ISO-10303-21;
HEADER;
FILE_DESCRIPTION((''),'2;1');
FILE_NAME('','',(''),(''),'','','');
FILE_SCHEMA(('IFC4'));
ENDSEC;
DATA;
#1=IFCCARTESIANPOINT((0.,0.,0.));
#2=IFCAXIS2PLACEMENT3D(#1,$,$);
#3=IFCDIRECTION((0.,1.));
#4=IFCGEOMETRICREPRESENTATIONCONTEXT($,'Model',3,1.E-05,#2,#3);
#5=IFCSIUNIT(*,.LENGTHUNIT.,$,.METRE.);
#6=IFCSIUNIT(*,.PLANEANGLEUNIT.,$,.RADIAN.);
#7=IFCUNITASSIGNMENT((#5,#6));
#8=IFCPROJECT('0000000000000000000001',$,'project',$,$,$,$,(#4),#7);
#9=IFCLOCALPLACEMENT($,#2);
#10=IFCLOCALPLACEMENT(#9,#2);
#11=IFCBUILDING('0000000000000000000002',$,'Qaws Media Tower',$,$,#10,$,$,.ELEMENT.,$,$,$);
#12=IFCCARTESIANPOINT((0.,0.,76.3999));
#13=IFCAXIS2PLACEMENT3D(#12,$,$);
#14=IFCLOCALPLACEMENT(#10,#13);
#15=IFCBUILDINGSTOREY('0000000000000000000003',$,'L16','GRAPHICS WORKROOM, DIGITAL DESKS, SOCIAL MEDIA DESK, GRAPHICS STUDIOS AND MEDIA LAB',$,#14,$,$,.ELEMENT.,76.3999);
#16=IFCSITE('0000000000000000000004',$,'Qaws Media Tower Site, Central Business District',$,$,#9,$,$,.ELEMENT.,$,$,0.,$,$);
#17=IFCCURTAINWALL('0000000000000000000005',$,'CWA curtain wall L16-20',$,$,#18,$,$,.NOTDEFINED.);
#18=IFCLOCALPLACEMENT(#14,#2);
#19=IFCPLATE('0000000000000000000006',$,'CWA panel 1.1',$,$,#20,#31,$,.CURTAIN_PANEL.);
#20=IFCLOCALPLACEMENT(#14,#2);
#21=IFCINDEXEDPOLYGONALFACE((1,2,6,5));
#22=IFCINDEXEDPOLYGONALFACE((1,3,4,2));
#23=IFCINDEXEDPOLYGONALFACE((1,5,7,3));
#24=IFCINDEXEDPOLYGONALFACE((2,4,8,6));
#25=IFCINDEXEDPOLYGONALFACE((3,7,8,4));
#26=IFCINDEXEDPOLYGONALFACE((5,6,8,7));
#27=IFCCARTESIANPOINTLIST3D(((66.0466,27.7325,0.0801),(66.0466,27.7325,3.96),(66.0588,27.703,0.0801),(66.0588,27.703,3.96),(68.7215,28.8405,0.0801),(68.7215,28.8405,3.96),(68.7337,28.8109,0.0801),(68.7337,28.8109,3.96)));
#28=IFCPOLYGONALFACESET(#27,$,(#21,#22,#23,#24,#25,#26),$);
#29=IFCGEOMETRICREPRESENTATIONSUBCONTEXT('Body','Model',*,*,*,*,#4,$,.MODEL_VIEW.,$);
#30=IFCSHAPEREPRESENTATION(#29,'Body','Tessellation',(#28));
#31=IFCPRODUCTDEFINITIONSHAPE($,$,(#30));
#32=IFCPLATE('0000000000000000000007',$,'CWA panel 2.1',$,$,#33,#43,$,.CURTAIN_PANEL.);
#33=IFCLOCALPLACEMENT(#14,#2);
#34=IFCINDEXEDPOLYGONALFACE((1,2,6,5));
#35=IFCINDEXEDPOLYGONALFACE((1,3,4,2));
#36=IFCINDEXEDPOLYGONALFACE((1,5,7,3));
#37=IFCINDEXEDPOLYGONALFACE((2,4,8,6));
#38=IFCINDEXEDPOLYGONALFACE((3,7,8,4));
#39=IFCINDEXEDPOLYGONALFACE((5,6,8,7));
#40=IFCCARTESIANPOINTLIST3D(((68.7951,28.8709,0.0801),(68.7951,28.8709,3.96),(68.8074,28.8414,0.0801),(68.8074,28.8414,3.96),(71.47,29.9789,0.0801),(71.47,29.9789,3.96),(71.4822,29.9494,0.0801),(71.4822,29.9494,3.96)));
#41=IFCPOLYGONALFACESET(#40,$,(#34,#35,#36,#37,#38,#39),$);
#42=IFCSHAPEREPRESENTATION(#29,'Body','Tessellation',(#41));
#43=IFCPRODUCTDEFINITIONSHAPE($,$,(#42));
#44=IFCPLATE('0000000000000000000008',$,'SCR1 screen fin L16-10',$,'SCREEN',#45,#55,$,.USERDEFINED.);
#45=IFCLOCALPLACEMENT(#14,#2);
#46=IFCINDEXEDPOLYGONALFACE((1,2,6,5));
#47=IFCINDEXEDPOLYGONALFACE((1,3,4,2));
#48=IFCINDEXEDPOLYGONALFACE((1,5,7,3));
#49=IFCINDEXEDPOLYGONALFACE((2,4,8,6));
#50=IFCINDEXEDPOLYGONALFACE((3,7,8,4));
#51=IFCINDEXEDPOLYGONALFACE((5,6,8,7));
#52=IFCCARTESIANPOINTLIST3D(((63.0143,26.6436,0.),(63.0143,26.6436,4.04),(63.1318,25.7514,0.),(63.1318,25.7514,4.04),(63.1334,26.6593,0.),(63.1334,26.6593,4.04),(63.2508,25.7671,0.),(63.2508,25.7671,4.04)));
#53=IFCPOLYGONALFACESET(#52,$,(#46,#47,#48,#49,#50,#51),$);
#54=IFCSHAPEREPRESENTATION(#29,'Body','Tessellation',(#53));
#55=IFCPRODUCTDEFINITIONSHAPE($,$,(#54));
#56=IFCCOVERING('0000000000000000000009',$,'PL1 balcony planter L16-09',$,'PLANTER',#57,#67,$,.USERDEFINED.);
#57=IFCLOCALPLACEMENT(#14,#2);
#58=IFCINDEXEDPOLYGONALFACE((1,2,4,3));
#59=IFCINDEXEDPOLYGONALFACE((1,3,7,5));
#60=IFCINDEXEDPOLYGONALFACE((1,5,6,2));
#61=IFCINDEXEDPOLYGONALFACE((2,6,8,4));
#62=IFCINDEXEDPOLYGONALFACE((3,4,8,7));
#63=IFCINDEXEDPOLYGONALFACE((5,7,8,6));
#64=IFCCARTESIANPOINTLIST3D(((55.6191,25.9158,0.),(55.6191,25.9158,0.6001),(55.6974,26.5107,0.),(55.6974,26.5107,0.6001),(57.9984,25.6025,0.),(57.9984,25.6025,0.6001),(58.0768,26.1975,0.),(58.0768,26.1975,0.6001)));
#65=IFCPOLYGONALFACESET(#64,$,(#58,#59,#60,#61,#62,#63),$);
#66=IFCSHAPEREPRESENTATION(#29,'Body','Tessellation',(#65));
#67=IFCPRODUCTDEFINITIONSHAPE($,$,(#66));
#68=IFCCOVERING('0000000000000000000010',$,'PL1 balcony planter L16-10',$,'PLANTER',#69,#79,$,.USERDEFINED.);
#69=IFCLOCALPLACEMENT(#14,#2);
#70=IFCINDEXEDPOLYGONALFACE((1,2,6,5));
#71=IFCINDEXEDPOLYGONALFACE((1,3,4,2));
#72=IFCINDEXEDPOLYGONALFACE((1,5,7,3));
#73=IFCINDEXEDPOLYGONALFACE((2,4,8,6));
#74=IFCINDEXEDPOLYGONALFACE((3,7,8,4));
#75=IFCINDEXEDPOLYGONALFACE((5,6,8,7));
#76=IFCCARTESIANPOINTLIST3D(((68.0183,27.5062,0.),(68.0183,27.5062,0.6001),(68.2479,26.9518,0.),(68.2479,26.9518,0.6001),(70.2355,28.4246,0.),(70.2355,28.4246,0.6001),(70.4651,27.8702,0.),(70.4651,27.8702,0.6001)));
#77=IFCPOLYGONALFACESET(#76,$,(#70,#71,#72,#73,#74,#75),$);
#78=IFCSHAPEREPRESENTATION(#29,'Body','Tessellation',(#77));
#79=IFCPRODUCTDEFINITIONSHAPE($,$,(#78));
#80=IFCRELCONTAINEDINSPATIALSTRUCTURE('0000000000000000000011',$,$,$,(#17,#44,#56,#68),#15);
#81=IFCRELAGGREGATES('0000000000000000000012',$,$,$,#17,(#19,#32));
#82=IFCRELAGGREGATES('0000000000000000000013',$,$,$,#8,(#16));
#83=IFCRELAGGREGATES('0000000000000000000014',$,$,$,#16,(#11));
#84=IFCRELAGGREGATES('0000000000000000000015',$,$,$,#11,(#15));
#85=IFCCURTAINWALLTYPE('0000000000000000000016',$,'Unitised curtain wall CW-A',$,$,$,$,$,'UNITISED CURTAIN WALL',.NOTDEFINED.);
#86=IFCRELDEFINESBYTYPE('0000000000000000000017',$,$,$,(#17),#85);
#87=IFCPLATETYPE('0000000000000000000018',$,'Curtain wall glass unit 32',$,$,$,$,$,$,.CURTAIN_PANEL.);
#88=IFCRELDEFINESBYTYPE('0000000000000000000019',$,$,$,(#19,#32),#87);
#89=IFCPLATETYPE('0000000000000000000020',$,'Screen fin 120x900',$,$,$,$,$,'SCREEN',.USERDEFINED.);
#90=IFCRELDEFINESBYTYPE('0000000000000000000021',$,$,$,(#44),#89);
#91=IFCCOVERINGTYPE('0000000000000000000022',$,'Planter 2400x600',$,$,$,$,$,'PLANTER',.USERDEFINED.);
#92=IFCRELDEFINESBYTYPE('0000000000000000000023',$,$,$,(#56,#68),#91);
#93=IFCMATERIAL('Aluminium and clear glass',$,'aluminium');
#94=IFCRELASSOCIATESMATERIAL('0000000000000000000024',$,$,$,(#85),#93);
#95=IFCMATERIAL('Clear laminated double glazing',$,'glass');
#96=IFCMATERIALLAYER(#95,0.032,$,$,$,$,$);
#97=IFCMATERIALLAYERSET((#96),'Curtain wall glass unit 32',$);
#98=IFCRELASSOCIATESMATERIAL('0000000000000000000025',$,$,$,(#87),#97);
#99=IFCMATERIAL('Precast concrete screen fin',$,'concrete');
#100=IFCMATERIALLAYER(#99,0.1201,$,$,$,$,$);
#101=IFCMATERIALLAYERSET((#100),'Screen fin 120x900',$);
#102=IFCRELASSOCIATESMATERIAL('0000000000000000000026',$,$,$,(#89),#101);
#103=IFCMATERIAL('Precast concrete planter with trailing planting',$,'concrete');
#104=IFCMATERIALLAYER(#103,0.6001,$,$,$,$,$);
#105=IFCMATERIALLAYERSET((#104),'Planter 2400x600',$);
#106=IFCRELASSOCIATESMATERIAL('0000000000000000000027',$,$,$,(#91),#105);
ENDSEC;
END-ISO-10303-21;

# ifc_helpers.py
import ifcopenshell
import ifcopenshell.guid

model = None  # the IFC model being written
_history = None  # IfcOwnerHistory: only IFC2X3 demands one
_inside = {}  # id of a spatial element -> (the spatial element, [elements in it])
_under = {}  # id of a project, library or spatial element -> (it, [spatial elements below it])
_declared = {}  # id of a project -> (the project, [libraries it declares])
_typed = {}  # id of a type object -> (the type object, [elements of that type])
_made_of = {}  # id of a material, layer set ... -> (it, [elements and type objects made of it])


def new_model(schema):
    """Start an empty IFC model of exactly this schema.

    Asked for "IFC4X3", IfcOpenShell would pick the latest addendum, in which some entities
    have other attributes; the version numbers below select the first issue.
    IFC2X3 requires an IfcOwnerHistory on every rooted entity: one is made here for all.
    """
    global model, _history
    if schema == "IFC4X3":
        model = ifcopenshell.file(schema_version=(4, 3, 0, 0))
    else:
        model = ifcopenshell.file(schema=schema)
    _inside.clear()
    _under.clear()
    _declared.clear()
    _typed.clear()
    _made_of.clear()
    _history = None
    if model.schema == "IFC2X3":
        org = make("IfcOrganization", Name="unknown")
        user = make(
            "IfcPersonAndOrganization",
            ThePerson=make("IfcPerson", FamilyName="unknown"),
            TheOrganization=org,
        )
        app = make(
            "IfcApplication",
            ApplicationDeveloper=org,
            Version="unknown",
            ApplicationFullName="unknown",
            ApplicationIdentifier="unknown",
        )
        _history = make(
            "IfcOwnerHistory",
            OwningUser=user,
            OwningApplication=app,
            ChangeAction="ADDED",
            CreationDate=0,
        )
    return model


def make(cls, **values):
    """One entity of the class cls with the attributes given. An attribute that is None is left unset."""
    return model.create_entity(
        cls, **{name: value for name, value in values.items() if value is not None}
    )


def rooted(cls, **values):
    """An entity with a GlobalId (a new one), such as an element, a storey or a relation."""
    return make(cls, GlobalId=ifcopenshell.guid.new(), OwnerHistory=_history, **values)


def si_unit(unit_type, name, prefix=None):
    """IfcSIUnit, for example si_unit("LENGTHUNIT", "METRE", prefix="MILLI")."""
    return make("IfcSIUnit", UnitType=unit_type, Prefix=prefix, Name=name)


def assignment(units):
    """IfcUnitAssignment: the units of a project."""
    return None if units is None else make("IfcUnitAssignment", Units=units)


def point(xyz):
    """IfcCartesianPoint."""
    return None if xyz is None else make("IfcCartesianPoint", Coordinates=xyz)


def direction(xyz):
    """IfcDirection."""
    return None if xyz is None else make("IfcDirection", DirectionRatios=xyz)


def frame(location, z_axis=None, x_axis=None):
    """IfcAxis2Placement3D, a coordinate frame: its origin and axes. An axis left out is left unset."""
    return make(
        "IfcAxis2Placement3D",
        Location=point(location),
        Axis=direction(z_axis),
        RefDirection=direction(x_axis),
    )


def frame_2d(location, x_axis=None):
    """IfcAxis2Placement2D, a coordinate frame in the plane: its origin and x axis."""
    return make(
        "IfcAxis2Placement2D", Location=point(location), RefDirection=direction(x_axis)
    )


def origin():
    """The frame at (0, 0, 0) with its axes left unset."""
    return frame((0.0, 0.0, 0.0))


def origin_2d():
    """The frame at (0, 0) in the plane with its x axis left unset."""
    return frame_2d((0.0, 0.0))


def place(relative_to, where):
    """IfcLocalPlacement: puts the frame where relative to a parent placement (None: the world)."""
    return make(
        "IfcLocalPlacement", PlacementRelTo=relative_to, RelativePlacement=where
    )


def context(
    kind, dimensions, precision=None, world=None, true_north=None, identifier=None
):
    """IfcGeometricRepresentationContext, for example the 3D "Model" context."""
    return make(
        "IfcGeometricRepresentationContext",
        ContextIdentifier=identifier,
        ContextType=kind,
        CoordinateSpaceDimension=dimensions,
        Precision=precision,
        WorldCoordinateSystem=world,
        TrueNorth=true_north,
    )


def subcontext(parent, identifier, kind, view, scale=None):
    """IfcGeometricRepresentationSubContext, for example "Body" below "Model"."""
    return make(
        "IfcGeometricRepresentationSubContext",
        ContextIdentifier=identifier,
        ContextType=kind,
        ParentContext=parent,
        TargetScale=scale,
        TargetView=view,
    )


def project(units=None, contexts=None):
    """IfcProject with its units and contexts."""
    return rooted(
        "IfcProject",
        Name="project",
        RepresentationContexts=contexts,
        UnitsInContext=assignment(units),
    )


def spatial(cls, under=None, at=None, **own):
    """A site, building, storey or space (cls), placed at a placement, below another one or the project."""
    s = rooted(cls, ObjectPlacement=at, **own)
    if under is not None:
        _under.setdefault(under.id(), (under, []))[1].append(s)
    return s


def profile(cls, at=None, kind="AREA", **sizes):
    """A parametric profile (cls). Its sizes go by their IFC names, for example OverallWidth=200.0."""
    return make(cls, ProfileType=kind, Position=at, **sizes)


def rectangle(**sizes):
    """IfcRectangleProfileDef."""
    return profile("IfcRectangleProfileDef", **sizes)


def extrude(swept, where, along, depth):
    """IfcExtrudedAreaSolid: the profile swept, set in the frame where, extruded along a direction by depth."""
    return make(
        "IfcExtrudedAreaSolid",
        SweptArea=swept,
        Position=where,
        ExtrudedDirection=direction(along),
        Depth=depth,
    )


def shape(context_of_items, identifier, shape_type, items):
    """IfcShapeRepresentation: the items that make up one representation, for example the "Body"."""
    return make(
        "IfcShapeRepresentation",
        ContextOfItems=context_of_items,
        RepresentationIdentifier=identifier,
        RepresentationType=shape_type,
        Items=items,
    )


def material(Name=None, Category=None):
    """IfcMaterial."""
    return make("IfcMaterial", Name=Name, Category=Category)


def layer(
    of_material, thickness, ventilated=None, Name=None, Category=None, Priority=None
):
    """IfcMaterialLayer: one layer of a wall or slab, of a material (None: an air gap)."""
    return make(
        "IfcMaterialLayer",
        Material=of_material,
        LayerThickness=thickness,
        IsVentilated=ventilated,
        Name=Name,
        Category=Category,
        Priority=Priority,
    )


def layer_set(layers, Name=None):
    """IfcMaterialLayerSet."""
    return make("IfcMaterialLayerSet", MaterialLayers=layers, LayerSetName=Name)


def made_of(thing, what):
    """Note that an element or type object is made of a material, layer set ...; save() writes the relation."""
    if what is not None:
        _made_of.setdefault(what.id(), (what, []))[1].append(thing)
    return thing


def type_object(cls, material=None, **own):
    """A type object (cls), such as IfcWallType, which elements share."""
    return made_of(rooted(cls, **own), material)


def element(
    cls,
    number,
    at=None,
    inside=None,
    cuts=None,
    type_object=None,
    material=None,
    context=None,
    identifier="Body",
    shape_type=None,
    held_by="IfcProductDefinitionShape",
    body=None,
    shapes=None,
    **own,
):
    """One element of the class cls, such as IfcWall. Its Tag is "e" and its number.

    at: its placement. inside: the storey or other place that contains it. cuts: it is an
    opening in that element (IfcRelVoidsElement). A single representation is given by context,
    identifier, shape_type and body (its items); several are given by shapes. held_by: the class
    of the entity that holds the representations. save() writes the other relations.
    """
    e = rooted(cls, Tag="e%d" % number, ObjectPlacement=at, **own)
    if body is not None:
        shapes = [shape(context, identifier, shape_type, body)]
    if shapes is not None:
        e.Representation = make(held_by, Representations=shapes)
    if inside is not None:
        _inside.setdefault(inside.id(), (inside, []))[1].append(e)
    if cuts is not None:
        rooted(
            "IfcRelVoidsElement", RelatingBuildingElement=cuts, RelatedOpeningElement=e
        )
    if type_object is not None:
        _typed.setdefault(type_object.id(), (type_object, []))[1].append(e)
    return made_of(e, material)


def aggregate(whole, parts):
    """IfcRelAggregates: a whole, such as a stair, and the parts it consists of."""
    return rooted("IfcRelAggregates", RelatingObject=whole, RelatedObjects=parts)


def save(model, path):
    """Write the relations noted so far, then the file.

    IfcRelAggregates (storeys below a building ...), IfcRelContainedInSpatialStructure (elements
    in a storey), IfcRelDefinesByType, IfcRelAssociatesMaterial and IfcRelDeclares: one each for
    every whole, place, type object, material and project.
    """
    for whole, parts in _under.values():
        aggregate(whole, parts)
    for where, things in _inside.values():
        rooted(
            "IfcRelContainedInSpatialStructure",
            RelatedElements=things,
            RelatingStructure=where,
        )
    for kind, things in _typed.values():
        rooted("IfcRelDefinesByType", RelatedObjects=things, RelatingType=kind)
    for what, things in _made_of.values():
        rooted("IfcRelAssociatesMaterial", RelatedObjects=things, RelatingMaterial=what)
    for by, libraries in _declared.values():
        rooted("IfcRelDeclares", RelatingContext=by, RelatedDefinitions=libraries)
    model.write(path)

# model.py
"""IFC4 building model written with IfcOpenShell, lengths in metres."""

from ifc_helpers import new_model, si_unit, direction, frame, origin, origin_2d, place, context, subcontext, project, spatial, rectangle, extrude, material, layer, layer_set, type_object, element, aggregate, save


model = new_model("IFC4")

# Units and contexts
model_context = context("Model", 3, precision=1e-05, world=origin(), true_north=direction((0.0, 1.0)))
body_context = subcontext(model_context, "Body", "Model", "MODEL_VIEW")
ifc_project = project(units=[si_unit("LENGTHUNIT", "METRE"), si_unit("PLANEANGLEUNIT", "RADIAN")], contexts=[model_context])

# Site, building, storey
site_placement = place(None, origin())
site = spatial("IfcSite", under=ifc_project, at=site_placement, Name="Qaws Media Tower Site, Central Business District", CompositionType="ELEMENT", RefElevation=0.0)
building_placement = place(site_placement, origin())
building = spatial("IfcBuilding", under=site, at=building_placement, Name="Qaws Media Tower", CompositionType="ELEMENT")
storey_placement = place(building_placement, frame((0.0, 0.0, 76.3999)))
storey = spatial("IfcBuildingStorey", under=building, at=storey_placement, Name="L16", Description="GRAPHICS WORKROOM, DIGITAL DESKS, SOCIAL MEDIA DESK, GRAPHICS STUDIOS AND MEDIA LAB", CompositionType="ELEMENT", Elevation=76.3999)

# Curtain wall
ifc_material_1 = material(Name="Aluminium and clear glass", Category="aluminium")
curtain_wall_type = type_object("IfcCurtainWallType", Name="Unitised curtain wall CW-A", ElementType="UNITISED CURTAIN WALL", PredefinedType="NOTDEFINED", material=ifc_material_1)
curtain_wall_1_placement = place(storey_placement, origin())
curtain_wall_1 = element("IfcCurtainWall", 1, at=curtain_wall_1_placement, inside=storey, type_object=curtain_wall_type, Name="CWA curtain wall L16-20", PredefinedType="NOTDEFINED")

# Plates
ifc_material_2 = material(Name="Clear laminated double glazing", Category="glass")
ifc_layer_1 = layer(ifc_material_2, 0.032)
ifc_layer_set_1 = layer_set([ifc_layer_1], Name="Curtain wall glass unit 32")
plate_type_1 = type_object("IfcPlateType", Name="Curtain wall glass unit 32", PredefinedType="CURTAIN_PANEL", material=ifc_layer_set_1)
plate_1_placement = place(storey_placement, frame((67.3901, 28.2717, 0.0801), z_axis=(0.0, 0.0, 1.0), x_axis=(0.92388, 0.382683, 0.0)))
plate_1 = element("IfcPlate", 2, at=plate_1_placement, type_object=plate_type_1, Name="CWA panel 1.1", PredefinedType="CURTAIN_PANEL", context=body_context, shape_type="SweptSolid", body=[
    extrude(rectangle(XDim=2.8953, YDim=0.032, at=origin_2d()), origin(), (0.0, 0.0, 1.0), 3.8799),
])
plate_2_placement = place(storey_placement, frame((70.1387, 29.4102, 0.0801), z_axis=(0.0, 0.0, 1.0), x_axis=(0.92388, 0.382683, 0.0)))
plate_2 = element("IfcPlate", 3, at=plate_2_placement, type_object=plate_type_1, Name="CWA panel 2.1", PredefinedType="CURTAIN_PANEL", context=body_context, shape_type="SweptSolid", body=[
    extrude(rectangle(XDim=2.8953, YDim=0.032, at=origin_2d()), origin(), (0.0, 0.0, 1.0), 3.8799),
])
aggregate(curtain_wall_1, [plate_1, plate_2])
ifc_material_3 = material(Name="Precast concrete screen fin", Category="concrete")
ifc_layer_2 = layer(ifc_material_3, 0.1201)
ifc_layer_set_2 = layer_set([ifc_layer_2], Name="Screen fin 120x900")
plate_type_2 = type_object("IfcPlateType", Name="Screen fin 120x900", ElementType="SCREEN", PredefinedType="USERDEFINED", material=ifc_layer_set_2)
plate_3_placement = place(storey_placement, frame((63.1326, 26.2053, 0.0), z_axis=(0.0, 0.0, 1.0), x_axis=(0.130526, -0.991445, 0.0)))
element("IfcPlate", 4, at=plate_3_placement, inside=storey, type_object=plate_type_2, Name="SCR1 screen fin L16-10", ObjectType="SCREEN", PredefinedType="USERDEFINED", context=body_context, shape_type="SweptSolid", body=[
    extrude(rectangle(XDim=0.8999, YDim=0.1201, at=origin_2d()), origin(), (0.0, 0.0, 1.0), 4.04),
])

# Coverings
ifc_material_4 = material(Name="Precast concrete planter with trailing planting", Category="concrete")
ifc_layer_3 = layer(ifc_material_4, 0.6001)
ifc_layer_set_3 = layer_set([ifc_layer_3], Name="Planter 2400x600")
covering_type = type_object("IfcCoveringType", Name="Planter 2400x600", ElementType="PLANTER", PredefinedType="USERDEFINED", material=ifc_layer_set_3)
for number, where, z_axis, x_axis, name in (
    (5, (56.8479, 26.0566, 0.0), (0.0, 0.0, 1.0), (0.991445, -0.130526, 0.0), "PL1 balcony planter L16-09"),
    (6, (69.2417, 27.6882, 0.0), (0.0, 0.0, 1.0), (0.92388, 0.382683, 0.0), "PL1 balcony planter L16-10"),
):
    element("IfcCovering", number, at=place(storey_placement, frame(where, z_axis=z_axis, x_axis=x_axis)), inside=storey, type_object=covering_type, Name=name, ObjectType="PLANTER", PredefinedType="USERDEFINED", context=body_context, shape_type="SweptSolid", body=[
        extrude(rectangle(XDim=2.3999, YDim=0.6001, at=origin_2d()), origin(), (0.0, 0.0, 1.0), 0.6001),
    ])

save(model, "model.ifc")
